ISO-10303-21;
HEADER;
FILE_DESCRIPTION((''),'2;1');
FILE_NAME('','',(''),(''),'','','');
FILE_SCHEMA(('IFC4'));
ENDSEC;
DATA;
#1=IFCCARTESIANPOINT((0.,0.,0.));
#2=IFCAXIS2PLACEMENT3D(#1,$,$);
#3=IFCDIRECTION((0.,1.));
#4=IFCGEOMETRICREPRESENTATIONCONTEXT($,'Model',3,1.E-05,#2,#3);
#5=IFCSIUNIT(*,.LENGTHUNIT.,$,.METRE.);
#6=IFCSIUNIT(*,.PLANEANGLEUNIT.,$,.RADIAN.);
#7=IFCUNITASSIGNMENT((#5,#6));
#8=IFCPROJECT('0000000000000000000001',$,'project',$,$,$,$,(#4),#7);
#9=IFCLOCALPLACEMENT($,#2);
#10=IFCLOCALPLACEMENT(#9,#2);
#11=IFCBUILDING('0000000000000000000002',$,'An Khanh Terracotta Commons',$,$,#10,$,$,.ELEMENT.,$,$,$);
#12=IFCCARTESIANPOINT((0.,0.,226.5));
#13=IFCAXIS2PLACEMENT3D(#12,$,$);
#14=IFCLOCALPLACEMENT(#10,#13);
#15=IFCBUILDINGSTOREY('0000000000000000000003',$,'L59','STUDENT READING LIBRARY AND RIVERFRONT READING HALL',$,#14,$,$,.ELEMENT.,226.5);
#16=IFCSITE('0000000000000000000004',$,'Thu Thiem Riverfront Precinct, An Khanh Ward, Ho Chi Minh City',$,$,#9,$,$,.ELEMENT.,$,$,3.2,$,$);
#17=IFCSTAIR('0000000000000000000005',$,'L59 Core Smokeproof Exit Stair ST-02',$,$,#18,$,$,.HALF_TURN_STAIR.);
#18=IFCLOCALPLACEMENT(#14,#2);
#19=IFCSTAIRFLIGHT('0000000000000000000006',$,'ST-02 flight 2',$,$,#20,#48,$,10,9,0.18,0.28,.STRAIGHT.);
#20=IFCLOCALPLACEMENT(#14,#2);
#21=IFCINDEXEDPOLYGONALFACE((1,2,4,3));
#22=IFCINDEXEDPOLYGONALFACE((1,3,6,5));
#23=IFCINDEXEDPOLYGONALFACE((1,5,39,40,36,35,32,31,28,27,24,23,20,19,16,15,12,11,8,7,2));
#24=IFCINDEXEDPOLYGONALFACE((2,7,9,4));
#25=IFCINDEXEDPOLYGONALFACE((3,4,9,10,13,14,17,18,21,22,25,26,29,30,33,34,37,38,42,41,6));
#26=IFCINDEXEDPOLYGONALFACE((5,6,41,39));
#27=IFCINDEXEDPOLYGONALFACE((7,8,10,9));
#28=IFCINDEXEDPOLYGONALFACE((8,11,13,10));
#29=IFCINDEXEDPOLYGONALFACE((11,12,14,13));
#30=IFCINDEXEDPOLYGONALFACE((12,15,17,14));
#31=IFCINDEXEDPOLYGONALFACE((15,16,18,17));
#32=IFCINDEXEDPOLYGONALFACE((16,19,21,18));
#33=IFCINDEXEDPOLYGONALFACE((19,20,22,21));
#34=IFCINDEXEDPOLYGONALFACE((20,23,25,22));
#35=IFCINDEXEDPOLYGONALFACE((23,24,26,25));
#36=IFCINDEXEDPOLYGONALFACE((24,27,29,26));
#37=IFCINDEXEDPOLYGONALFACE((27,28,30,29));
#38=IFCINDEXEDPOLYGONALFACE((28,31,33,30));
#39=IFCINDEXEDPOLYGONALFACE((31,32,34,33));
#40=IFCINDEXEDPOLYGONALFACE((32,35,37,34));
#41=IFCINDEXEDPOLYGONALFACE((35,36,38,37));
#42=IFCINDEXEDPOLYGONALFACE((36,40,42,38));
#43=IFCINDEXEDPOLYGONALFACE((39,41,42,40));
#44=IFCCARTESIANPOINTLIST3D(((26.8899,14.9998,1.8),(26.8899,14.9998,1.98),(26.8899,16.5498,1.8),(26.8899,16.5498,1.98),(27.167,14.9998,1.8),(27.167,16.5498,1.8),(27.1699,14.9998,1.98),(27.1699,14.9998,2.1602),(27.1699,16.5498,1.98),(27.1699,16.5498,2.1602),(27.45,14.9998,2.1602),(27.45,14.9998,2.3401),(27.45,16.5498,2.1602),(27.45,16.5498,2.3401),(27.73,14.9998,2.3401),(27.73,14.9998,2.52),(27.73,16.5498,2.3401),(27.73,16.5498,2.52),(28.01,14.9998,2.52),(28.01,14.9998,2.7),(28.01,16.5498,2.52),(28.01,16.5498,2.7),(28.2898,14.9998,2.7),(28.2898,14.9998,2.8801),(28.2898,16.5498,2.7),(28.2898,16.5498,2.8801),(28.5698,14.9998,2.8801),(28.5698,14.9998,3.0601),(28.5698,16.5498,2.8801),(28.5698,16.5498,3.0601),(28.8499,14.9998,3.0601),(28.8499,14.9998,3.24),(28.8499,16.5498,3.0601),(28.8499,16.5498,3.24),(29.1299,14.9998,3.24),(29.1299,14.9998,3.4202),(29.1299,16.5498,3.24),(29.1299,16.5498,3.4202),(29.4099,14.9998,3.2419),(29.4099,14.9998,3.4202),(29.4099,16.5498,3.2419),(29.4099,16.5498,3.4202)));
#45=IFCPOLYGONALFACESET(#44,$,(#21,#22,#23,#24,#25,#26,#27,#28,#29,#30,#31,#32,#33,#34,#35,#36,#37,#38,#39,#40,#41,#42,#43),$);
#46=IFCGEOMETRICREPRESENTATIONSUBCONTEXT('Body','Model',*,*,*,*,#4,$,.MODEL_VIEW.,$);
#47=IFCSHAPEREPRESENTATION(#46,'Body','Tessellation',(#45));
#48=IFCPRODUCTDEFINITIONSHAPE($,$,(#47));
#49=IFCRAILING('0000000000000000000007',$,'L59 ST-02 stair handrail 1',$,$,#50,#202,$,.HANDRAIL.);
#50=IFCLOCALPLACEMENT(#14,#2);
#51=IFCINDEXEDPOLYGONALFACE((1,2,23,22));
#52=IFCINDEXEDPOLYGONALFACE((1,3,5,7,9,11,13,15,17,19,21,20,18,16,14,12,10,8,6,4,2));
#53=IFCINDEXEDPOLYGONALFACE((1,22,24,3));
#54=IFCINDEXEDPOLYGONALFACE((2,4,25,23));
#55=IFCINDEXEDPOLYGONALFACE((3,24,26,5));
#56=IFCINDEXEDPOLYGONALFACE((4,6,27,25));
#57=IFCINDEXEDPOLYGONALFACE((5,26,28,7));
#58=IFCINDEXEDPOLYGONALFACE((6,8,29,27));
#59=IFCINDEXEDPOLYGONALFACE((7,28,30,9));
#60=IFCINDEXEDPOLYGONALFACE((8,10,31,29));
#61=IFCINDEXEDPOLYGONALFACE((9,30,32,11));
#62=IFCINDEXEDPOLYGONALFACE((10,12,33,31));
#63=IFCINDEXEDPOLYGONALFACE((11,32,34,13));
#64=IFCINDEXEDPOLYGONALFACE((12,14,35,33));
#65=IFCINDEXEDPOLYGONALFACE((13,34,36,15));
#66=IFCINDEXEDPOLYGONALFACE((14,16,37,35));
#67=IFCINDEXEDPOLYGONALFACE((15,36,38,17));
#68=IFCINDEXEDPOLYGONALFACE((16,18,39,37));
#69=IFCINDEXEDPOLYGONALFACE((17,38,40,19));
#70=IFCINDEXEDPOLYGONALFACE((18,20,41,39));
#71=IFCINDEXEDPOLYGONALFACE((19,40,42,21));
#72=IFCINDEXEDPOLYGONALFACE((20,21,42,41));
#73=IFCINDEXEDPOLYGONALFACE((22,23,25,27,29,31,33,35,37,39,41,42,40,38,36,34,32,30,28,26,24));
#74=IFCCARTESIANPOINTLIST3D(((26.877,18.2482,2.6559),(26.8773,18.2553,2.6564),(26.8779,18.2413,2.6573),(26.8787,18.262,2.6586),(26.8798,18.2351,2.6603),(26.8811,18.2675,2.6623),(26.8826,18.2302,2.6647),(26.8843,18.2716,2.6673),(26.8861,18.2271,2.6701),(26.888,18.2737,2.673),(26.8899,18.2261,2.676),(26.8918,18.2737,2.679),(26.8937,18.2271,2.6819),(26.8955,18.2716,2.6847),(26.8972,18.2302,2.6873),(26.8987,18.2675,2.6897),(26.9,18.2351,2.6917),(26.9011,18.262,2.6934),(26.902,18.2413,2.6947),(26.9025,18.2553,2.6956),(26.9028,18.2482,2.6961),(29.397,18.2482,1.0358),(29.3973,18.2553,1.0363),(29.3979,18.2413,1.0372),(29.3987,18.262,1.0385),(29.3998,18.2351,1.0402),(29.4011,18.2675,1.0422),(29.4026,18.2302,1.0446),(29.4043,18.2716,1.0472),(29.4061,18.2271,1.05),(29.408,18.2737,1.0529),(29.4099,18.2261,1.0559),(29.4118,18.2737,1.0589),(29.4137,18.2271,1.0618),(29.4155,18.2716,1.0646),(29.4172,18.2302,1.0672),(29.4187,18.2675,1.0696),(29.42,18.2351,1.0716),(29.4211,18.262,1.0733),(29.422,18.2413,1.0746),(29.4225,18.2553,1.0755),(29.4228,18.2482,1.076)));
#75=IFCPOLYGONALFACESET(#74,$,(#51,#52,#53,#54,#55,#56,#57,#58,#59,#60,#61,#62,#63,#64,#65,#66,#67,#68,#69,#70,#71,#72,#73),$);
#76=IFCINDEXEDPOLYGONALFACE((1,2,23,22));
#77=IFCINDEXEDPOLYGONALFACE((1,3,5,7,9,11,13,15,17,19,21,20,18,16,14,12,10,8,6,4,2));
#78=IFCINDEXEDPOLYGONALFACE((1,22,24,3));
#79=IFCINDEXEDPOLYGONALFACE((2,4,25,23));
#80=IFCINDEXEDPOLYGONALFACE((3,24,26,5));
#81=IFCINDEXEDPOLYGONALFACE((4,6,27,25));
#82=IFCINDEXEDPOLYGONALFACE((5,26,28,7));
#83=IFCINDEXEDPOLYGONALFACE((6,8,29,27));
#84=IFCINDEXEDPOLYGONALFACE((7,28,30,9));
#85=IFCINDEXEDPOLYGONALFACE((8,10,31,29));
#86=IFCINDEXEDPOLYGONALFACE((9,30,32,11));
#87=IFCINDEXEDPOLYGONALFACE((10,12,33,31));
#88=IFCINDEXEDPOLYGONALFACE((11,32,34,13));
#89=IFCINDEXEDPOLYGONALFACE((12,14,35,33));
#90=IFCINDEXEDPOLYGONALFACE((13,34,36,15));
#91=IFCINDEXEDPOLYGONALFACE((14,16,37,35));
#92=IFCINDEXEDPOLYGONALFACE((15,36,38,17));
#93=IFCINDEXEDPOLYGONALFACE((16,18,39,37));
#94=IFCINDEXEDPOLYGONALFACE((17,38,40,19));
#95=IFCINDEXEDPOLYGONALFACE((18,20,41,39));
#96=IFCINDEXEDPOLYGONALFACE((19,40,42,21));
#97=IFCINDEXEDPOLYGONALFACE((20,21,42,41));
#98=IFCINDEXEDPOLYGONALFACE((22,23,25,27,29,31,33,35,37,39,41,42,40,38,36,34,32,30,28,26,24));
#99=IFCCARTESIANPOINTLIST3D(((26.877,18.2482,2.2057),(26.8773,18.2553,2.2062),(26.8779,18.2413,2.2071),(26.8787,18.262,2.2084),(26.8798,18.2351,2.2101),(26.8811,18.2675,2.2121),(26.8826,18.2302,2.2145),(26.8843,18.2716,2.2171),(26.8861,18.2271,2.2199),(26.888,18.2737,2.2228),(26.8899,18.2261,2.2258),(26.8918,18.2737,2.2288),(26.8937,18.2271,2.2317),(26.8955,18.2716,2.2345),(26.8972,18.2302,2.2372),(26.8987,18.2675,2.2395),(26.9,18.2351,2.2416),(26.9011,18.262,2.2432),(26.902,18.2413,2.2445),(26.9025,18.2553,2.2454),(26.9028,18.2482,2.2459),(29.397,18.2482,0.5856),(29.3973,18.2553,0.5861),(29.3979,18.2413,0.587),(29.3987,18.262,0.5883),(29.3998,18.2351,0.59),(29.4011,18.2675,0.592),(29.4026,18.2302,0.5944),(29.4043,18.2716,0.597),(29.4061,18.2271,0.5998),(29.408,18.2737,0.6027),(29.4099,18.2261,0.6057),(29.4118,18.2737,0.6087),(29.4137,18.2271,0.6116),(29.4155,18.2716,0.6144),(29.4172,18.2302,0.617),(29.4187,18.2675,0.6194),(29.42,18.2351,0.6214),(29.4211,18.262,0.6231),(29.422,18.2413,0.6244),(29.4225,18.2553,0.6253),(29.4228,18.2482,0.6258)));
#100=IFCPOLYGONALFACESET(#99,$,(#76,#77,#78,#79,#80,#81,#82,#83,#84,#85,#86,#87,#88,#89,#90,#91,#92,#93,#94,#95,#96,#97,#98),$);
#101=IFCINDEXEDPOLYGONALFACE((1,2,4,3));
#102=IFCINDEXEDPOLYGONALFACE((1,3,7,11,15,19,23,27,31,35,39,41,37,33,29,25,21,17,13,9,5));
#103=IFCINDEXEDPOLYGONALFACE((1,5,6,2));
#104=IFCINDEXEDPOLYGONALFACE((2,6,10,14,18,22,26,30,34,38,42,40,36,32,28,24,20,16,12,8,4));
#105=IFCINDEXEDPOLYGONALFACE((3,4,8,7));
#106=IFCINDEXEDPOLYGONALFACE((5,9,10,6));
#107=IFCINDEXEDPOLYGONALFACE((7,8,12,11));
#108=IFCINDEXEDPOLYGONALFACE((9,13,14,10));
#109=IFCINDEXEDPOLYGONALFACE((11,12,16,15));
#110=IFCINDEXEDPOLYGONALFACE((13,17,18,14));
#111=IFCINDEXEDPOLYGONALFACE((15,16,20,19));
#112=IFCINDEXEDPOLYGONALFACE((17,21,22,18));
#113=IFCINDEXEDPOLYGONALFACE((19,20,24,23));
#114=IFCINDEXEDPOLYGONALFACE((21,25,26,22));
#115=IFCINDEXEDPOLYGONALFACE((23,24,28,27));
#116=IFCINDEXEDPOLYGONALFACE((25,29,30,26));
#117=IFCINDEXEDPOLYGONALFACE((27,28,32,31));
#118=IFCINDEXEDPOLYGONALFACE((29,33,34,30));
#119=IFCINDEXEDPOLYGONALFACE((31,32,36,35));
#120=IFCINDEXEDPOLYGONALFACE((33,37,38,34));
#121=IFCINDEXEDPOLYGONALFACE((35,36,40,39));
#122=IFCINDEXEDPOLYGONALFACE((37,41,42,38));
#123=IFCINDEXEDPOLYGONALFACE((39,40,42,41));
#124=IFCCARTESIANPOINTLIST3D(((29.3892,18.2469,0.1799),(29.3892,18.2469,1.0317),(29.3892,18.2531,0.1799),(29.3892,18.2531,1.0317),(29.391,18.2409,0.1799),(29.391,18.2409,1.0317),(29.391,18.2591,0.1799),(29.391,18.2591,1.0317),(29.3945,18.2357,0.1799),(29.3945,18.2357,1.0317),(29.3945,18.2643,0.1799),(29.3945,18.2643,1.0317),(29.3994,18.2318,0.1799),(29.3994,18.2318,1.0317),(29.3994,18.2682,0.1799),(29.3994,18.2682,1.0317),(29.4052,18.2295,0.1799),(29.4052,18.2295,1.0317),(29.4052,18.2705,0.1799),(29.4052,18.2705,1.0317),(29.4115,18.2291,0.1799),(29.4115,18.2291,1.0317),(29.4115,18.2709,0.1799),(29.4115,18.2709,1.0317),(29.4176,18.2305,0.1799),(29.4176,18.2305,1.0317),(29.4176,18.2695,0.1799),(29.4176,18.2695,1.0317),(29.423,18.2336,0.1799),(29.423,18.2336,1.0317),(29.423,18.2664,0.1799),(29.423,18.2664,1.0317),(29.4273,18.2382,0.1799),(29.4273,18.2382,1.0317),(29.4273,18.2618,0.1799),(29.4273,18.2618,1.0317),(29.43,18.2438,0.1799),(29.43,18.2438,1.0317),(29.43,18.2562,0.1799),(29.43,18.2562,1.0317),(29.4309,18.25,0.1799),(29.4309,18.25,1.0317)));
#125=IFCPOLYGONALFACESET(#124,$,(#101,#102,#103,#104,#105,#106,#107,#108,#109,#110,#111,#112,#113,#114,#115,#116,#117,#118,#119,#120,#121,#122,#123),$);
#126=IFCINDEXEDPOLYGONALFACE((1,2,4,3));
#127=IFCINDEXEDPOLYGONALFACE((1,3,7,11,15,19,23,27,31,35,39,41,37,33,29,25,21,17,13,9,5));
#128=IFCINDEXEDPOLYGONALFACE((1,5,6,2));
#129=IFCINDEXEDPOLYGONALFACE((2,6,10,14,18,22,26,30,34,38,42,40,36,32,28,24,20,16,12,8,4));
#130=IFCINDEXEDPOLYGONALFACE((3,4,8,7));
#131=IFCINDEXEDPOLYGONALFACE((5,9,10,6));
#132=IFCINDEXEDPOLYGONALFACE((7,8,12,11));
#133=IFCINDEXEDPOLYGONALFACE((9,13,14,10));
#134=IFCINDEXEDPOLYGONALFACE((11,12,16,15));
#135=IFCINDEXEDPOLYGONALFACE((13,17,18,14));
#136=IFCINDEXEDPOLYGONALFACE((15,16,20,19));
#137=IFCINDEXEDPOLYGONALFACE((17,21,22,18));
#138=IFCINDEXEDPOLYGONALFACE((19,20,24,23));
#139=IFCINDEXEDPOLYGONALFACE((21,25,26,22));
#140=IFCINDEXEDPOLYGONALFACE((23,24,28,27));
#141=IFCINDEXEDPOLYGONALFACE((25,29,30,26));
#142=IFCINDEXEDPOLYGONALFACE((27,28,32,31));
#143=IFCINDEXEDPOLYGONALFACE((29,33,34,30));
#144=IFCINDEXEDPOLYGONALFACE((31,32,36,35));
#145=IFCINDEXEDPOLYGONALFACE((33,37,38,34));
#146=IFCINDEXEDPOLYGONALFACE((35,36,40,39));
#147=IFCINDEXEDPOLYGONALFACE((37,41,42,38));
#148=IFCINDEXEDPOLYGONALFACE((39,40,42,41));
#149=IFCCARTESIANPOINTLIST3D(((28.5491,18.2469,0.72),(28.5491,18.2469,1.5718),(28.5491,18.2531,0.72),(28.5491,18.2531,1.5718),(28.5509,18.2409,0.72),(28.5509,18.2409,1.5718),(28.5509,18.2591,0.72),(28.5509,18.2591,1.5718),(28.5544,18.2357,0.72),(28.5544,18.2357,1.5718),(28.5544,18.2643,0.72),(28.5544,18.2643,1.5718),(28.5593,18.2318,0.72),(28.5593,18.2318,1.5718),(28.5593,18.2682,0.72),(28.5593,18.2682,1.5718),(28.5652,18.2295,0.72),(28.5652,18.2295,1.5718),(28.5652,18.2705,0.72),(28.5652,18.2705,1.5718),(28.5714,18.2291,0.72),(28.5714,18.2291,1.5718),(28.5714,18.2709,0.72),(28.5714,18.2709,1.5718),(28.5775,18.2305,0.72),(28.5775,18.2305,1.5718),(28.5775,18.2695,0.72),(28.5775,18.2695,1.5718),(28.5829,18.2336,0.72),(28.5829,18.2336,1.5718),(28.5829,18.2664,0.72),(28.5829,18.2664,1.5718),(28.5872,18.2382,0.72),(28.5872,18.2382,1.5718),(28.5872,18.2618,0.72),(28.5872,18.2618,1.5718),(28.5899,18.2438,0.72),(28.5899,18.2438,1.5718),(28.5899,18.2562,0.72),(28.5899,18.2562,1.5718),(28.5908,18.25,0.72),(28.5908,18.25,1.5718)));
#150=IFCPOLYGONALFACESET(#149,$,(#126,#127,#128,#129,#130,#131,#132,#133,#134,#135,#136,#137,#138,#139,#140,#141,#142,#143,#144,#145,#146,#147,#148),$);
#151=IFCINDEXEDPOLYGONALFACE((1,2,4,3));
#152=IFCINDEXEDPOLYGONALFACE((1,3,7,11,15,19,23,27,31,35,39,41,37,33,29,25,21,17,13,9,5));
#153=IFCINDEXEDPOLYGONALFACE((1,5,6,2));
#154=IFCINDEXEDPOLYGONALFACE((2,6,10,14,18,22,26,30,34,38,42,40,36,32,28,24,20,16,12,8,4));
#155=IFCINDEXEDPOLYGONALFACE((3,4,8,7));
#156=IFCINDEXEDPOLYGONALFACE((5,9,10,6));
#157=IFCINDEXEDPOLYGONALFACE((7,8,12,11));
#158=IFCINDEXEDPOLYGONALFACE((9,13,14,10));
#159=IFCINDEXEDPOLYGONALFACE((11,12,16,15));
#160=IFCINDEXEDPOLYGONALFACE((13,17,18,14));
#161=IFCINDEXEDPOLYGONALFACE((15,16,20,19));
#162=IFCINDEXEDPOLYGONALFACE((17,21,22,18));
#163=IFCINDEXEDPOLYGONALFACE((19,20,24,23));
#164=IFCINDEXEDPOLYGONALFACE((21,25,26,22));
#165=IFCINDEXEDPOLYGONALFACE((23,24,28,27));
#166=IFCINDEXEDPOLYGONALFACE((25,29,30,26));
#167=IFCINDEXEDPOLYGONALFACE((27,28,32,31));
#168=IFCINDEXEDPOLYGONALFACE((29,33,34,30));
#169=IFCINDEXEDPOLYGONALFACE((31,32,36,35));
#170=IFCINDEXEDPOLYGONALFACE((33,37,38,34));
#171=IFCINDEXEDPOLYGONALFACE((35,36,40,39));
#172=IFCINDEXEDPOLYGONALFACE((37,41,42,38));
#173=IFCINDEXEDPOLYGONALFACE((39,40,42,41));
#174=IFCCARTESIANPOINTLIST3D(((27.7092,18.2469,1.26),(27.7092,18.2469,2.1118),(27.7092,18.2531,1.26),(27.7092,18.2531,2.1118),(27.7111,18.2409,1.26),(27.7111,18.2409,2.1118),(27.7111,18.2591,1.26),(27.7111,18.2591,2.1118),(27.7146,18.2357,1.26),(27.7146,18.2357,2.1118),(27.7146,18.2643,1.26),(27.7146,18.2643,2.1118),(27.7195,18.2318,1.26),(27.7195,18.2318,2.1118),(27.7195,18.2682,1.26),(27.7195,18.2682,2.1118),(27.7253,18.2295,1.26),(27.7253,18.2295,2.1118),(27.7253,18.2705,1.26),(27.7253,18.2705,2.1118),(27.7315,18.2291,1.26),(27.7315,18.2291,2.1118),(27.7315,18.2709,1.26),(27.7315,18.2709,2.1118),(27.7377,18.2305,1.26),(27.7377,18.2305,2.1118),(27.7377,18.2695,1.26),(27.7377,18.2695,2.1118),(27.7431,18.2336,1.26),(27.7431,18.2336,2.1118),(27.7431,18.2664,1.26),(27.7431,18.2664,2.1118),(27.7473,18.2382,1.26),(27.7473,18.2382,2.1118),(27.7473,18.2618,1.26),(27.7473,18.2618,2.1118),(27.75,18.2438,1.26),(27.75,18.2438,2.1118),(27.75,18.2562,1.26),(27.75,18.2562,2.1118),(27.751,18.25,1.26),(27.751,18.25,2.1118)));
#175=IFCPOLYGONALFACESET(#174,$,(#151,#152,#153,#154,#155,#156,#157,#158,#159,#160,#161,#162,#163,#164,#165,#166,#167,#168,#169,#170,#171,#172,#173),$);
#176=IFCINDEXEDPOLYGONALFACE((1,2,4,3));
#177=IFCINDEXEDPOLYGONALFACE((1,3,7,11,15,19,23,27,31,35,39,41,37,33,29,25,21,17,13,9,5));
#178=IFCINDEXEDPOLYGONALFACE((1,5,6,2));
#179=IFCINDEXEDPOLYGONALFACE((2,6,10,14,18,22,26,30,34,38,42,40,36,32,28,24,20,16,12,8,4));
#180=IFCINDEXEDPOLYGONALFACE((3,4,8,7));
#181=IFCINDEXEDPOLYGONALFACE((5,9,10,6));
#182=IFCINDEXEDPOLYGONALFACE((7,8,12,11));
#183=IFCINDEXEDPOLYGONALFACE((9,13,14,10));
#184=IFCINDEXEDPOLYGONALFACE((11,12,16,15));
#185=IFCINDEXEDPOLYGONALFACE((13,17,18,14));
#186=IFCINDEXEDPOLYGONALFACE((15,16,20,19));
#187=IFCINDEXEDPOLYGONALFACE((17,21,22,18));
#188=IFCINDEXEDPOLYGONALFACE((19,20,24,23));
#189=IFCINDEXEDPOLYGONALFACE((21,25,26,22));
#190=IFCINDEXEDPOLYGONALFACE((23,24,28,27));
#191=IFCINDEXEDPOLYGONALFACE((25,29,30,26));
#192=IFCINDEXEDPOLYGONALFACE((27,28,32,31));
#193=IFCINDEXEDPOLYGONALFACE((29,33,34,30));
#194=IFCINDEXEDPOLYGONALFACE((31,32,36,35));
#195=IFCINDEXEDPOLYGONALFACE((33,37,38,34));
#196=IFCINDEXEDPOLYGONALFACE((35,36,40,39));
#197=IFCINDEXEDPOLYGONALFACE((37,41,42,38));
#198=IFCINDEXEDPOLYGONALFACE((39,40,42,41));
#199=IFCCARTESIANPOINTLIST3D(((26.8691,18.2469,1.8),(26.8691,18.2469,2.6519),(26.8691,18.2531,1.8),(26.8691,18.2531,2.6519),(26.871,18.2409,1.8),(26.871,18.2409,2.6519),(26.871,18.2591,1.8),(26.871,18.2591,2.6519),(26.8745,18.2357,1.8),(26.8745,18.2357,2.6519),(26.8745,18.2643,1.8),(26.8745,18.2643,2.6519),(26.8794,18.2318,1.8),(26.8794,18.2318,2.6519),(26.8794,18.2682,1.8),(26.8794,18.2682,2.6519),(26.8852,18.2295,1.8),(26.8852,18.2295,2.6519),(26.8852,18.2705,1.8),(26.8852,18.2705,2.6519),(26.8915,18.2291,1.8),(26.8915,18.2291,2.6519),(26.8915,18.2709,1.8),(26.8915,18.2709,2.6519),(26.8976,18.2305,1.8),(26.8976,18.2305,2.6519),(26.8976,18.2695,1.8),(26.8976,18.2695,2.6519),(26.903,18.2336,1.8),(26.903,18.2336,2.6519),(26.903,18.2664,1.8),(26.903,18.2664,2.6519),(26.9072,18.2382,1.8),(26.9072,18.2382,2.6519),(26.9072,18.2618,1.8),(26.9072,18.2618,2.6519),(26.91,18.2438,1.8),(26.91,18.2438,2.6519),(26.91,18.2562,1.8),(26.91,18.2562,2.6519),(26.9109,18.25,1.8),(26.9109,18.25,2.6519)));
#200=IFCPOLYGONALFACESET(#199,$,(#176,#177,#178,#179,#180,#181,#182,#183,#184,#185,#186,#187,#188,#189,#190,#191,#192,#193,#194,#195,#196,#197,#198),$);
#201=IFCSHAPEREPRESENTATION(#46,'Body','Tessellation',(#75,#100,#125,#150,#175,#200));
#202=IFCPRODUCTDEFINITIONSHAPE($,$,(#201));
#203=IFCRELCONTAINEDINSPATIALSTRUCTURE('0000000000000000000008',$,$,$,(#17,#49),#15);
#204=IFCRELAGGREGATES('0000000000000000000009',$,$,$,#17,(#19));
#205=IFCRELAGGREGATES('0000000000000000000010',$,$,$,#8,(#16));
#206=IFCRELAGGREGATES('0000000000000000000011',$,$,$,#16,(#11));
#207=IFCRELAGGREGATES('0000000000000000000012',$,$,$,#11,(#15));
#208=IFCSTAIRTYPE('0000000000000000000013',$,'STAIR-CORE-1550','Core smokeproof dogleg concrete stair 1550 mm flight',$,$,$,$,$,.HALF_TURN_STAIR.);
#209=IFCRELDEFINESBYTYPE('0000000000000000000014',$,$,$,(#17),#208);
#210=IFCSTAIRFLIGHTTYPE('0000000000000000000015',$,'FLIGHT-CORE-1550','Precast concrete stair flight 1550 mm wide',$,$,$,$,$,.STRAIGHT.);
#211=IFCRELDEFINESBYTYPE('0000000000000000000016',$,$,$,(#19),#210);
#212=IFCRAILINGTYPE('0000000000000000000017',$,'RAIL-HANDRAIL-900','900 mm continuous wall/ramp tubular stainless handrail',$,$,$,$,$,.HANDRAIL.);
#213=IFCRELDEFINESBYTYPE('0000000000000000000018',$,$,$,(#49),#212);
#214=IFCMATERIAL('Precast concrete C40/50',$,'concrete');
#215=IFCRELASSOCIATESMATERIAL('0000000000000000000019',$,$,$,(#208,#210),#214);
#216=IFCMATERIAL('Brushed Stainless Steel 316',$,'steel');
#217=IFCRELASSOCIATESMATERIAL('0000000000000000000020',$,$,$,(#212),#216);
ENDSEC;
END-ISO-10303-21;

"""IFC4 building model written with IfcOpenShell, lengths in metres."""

from ifc_helpers import new_model, si_unit, direction, frame, origin, origin_2d, place, context, subcontext, project, spatial, polyline, circle, outline, extrude, material, type_object, element, aggregate, save


model = new_model("IFC4")

# Units and contexts
model_context = context("Model", 3, precision=1e-05, world=origin(), true_north=direction((0.0, 1.0)))
body_context = subcontext(model_context, "Body", "Model", "MODEL_VIEW")
ifc_project = project(units=[si_unit("LENGTHUNIT", "METRE"), si_unit("PLANEANGLEUNIT", "RADIAN")], contexts=[model_context])

# Site, building, storey
site_placement = place(None, origin())
site = spatial("IfcSite", under=ifc_project, at=site_placement, Name="Thu Thiem Riverfront Precinct, An Khanh Ward, Ho Chi Minh City", CompositionType="ELEMENT", RefElevation=3.2)
building_placement = place(site_placement, origin())
building = spatial("IfcBuilding", under=site, at=building_placement, Name="An Khanh Terracotta Commons", CompositionType="ELEMENT")
storey_placement = place(building_placement, frame((0.0, 0.0, 226.5)))
storey = spatial("IfcBuildingStorey", under=building, at=storey_placement, Name="L59", Description="STUDENT READING LIBRARY AND RIVERFRONT READING HALL", CompositionType="ELEMENT", Elevation=226.5)

# Stair, stair flight
ifc_material_1 = material(Name="Precast concrete C40/50", Category="concrete")
stair_type = type_object("IfcStairType", Name="STAIR-CORE-1550", Description="Core smokeproof dogleg concrete stair 1550 mm flight", PredefinedType="HALF_TURN_STAIR", material=ifc_material_1)
stair_placement = place(storey_placement, origin())
stair = element("IfcStair", 1, at=stair_placement, inside=storey, type_object=stair_type, Name="L59 Core Smokeproof Exit Stair ST-02", PredefinedType="HALF_TURN_STAIR")
stair_flight_type = type_object("IfcStairFlightType", Name="FLIGHT-CORE-1550", Description="Precast concrete stair flight 1550 mm wide", PredefinedType="STRAIGHT", material=ifc_material_1)
stair_flight_1_placement = place(storey_placement, frame((26.8899, 15.7749, 1.8), z_axis=(0.0, 0.0, 1.0), x_axis=(1.0, 0.0, 0.0)))
stair_flight_1 = element("IfcStairFlight", 2, at=stair_flight_1_placement, type_object=stair_flight_type, Name="ST-02 flight 2", NumberOfRisers=10, NumberOfTreads=9, PredefinedType="STRAIGHT", RiserHeight=0.18, TreadLength=0.28, context=body_context, shape_type="SweptSolid", body=[
    extrude(outline(polyline([(0.0, 0.0), (0.0, 0.1799), (0.28, 0.1799), (0.28, 0.3601), (0.5601, 0.3601), (0.5601, 0.54), (0.8401, 0.54), (0.8401, 0.72), (1.1201, 0.72), (1.1201, 0.8999), (1.3999, 0.8999), (1.3999, 1.0801), (1.6799, 1.0801), (1.6799, 1.26), (1.96, 1.26), (1.96, 1.4399), (2.24, 1.4399), (2.24, 1.6201), (2.52, 1.6201), (2.52, 1.8), (2.52, 1.4419), (0.2771, 0.0), (0.0, 0.0)])), frame((0.0, 0.7749, 0.0), z_axis=(0.0, -1.0, 0.0), x_axis=(1.0, 0.0, 0.0)), (0.0, 0.0, 1.0), 1.55),
])
aggregate(stair, [stair_flight_1])

# Railing
ifc_material_2 = material(Name="Brushed Stainless Steel 316", Category="steel")
railing_type_1 = type_object("IfcRailingType", Name="RAIL-HANDRAIL-900", Description="900 mm continuous wall/ramp tubular stainless handrail", PredefinedType="HANDRAIL", material=ifc_material_2)
railing_1_placement = place(storey_placement, frame((29.4099, 18.25, 0.1799)))
element("IfcRailing", 3, at=railing_1_placement, inside=storey, type_object=railing_type_1, Name="L59 ST-02 stair handrail 1", PredefinedType="HANDRAIL", context=body_context, shape_type="SweptSolid", body=[
    extrude(circle(Radius=0.0239, at=origin_2d()), frame((0.0, 0.0, 0.876), z_axis=(-0.841163, 0.0, 0.540782), x_axis=(0.0, -1.0, 0.0)), (0.0, 0.0, 1.0), 2.9958),
    extrude(circle(Radius=0.0239, at=origin_2d()), frame((0.0, 0.0, 0.4258), z_axis=(-0.841163, 0.0, 0.540782), x_axis=(0.0, -1.0, 0.0)), (0.0, 0.0, 1.0), 2.9958),
    extrude(circle(Radius=0.021, at=origin_2d()), origin(), (0.0, 0.0, 1.0), 0.8518),
    extrude(circle(Radius=0.021, at=origin_2d()), frame((-0.8401, 0.0, 0.54)), (0.0, 0.0, 1.0), 0.8518),
    extrude(circle(Radius=0.021, at=origin_2d()), frame((-1.6799, 0.0, 1.0801)), (0.0, 0.0, 1.0), 0.8518),
    extrude(circle(Radius=0.021, at=origin_2d()), frame((-2.52, 0.0, 1.6201)), (0.0, 0.0, 1.0), 0.8518),
])

save(model, "model.ifc")
